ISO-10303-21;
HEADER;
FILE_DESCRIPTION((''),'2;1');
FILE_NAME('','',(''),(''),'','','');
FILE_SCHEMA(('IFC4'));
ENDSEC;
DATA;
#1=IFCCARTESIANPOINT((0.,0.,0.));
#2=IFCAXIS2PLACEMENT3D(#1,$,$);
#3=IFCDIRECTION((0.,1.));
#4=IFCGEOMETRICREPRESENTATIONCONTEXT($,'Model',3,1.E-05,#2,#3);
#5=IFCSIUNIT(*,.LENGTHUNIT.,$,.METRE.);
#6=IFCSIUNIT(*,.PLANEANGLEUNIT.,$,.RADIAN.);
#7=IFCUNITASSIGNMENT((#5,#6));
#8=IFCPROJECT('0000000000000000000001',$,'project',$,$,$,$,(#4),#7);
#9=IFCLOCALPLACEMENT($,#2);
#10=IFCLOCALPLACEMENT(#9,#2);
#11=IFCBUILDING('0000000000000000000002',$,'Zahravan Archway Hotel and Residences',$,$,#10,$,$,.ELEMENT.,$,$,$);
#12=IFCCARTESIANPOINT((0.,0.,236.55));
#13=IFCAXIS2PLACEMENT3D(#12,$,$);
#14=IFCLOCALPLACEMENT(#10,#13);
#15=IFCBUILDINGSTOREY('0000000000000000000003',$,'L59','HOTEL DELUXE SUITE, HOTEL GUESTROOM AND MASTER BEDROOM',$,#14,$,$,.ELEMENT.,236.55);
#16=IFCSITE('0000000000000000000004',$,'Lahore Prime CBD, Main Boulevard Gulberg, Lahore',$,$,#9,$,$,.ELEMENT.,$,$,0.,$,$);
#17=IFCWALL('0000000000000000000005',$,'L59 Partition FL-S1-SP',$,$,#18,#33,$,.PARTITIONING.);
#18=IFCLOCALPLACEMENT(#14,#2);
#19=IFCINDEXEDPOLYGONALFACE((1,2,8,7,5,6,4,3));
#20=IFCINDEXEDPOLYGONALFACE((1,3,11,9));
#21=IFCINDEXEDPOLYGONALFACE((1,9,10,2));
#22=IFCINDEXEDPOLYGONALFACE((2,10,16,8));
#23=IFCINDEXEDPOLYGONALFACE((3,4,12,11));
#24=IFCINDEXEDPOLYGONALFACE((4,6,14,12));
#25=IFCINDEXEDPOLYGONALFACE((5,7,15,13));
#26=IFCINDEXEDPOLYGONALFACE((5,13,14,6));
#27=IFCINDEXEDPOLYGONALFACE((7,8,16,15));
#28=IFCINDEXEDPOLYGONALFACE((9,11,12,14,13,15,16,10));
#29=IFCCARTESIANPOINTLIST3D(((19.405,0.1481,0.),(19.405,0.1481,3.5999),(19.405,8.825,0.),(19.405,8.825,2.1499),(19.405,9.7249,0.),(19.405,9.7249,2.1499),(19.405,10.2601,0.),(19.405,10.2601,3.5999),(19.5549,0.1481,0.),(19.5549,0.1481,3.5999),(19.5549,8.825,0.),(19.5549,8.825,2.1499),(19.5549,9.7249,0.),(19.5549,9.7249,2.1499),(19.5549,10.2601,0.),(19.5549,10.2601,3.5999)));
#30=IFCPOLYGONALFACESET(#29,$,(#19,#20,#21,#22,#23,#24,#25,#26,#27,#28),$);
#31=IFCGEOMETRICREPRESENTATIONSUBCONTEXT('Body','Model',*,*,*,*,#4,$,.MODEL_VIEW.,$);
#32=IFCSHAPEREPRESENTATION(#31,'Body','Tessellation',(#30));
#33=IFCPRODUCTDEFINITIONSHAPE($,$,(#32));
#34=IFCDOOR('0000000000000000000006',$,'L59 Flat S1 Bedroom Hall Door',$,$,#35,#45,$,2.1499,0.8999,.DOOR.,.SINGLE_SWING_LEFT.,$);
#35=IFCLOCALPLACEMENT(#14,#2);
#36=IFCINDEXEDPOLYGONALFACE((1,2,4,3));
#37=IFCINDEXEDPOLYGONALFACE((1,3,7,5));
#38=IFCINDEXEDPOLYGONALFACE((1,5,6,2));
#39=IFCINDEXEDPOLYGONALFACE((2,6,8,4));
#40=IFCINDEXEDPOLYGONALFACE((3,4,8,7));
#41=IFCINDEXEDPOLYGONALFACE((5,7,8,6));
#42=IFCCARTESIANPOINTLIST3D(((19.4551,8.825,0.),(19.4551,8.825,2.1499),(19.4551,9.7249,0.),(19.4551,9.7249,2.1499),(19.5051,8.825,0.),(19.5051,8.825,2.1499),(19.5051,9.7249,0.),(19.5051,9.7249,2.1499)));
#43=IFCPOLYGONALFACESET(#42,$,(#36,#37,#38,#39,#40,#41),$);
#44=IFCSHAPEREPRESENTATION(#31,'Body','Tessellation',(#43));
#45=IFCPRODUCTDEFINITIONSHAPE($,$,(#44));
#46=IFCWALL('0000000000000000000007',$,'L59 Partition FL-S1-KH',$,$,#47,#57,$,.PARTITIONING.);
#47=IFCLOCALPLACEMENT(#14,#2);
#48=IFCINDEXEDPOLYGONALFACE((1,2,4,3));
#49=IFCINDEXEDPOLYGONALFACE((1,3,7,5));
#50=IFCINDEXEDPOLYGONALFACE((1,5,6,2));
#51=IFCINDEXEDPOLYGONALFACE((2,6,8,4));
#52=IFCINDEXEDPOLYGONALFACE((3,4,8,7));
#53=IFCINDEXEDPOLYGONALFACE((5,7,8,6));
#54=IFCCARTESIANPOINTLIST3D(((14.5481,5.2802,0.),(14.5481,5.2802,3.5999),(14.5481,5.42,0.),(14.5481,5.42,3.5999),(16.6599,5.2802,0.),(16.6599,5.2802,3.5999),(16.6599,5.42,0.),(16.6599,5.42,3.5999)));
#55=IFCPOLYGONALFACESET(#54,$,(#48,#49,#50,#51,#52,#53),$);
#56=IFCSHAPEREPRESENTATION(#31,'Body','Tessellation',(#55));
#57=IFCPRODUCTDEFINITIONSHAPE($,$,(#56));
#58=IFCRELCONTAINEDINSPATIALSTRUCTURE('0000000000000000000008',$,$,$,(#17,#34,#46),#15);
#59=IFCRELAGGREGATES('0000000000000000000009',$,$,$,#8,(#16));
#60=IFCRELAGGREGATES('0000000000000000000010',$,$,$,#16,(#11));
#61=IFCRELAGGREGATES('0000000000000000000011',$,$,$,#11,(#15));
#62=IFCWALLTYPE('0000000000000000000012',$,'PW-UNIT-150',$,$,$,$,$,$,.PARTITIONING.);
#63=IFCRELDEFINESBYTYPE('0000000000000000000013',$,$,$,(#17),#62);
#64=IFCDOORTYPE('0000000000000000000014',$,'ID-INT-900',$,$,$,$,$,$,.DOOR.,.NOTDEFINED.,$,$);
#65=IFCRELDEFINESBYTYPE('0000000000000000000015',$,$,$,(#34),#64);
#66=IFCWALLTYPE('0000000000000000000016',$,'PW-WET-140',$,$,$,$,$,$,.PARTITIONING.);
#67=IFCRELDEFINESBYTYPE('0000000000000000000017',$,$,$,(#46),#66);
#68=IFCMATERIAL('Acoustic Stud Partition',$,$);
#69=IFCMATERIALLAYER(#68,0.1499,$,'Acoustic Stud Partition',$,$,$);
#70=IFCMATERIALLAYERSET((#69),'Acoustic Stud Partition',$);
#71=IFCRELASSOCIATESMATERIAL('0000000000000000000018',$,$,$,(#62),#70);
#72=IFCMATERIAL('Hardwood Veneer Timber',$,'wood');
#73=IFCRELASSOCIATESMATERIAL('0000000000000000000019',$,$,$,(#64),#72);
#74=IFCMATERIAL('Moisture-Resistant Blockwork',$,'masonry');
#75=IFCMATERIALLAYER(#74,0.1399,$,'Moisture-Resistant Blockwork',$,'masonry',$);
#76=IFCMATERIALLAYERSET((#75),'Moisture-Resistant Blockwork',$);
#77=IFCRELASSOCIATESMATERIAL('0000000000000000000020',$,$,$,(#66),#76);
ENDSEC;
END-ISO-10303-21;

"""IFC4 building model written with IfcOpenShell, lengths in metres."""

from ifc_helpers import new_model, si_unit, direction, frame, frame_2d, origin, place, context, subcontext, project, spatial, rectangle, extrude, source, transform, mapped, material, layer, layer_set, type_object, type_shapes, element, fill, save


model = new_model("IFC4")

# Units and contexts
model_context = context("Model", 3, precision=1e-05, world=origin(), true_north=direction((0.0, 1.0)))
body_context = subcontext(model_context, "Body", "Model", "MODEL_VIEW")
ifc_project = project(units=[si_unit("LENGTHUNIT", "METRE"), si_unit("PLANEANGLEUNIT", "RADIAN")], contexts=[model_context])

# Site, building, storey
site_placement = place(None, origin())
site = spatial("IfcSite", under=ifc_project, at=site_placement, Name="Lahore Prime CBD, Main Boulevard Gulberg, Lahore", CompositionType="ELEMENT", RefElevation=0.0)
building_placement = place(site_placement, origin())
building = spatial("IfcBuilding", under=site, at=building_placement, Name="Zahravan Archway Hotel and Residences", CompositionType="ELEMENT")
storey_placement = place(building_placement, frame((0.0, 0.0, 236.55)))
storey = spatial("IfcBuildingStorey", under=building, at=storey_placement, Name="L59", Description="HOTEL DELUXE SUITE, HOTEL GUESTROOM AND MASTER BEDROOM", CompositionType="ELEMENT", Elevation=236.55)

# Wall, opening, door
ifc_material_1 = material(Name="Acoustic Stud Partition")
ifc_layer_1 = layer(ifc_material_1, 0.1499, Name="Acoustic Stud Partition")
ifc_layer_set_1 = layer_set([ifc_layer_1], Name="Acoustic Stud Partition")
wall_type_1 = type_object("IfcWallType", Name="PW-UNIT-150", PredefinedType="PARTITIONING", material=ifc_layer_set_1)
wall_1_placement = place(storey_placement, frame((19.48, 0.1479, 0.0), z_axis=(0.0, 0.0, 1.0), x_axis=(0.0, 1.0, 0.0)))
wall_1 = element("IfcWall", 1, at=wall_1_placement, inside=storey, type_object=wall_type_1, Name="L59 Partition FL-S1-SP", PredefinedType="PARTITIONING", context=body_context, shape_type="SweptSolid", body=[
    extrude(rectangle(XDim=10.1121, YDim=0.1499, at=frame_2d((5.0562, 0.0))), origin(), (0.0, 0.0, 1.0), 3.5999),
])
opening_1_placement = place(wall_1_placement, frame((8.677, 0.0, 0.0)))
opening_1 = element("IfcOpeningElement", 2, at=opening_1_placement, cuts=wall_1, PredefinedType="OPENING", context=body_context, shape_type="SweptSolid", body=[
    extrude(rectangle(XDim=0.8999, YDim=2.1499, at=frame_2d((0.45, 1.075))), frame((0.0, 0.085, 0.0), z_axis=(0.0, -1.0, 0.0), x_axis=(1.0, 0.0, 0.0)), (0.0, 0.0, 1.0), 0.1699),
])
ifc_material_2 = material(Name="Hardwood Veneer Timber", Category="wood")
door_type_1 = type_object("IfcDoorType", Name="ID-INT-900", OperationType="NOTDEFINED", PredefinedType="DOOR", material=ifc_material_2)
shared_shape_1 = source(origin(), body_context, "Body", "SweptSolid", [
    extrude(rectangle(XDim=0.8999, YDim=2.1499, at=frame_2d((0.45, 1.075))), frame((0.0, 0.0249, 0.0), z_axis=(0.0, -1.0, 0.0), x_axis=(1.0, 0.0, 0.0)), (0.0, 0.0, 1.0), 0.05),
])
type_shapes(door_type_1, [shared_shape_1])
door_1_placement = place(opening_1_placement, origin())
door_1 = element("IfcDoor", 3, at=door_1_placement, inside=storey, type_object=door_type_1, Name="L59 Flat S1 Bedroom Hall Door", OperationType="SINGLE_SWING_LEFT", OverallHeight=2.1499, OverallWidth=0.8999, PredefinedType="DOOR", context=body_context, shape_type="MappedRepresentation", body=[
    mapped(shared_shape_1, transform((0.0, 0.0, 0.0), scale=1.0)),
])
fill(opening_1, door_1)

# Wall
ifc_material_3 = material(Name="Moisture-Resistant Blockwork", Category="masonry")
ifc_layer_2 = layer(ifc_material_3, 0.1399, Name="Moisture-Resistant Blockwork", Category="masonry")
ifc_layer_set_2 = layer_set([ifc_layer_2], Name="Moisture-Resistant Blockwork")
wall_type_2 = type_object("IfcWallType", Name="PW-WET-140", PredefinedType="PARTITIONING", material=ifc_layer_set_2)
wall_2_placement = place(storey_placement, frame((14.5481, 5.3501, 0.0), z_axis=(0.0, 0.0, 1.0), x_axis=(1.0, 0.0, 0.0)))
element("IfcWall", 4, at=wall_2_placement, inside=storey, type_object=wall_type_2, Name="L59 Partition FL-S1-KH", PredefinedType="PARTITIONING", context=body_context, shape_type="SweptSolid", body=[
    extrude(rectangle(XDim=2.1118, YDim=0.1399, at=frame_2d((1.0559, 0.0))), origin(), (0.0, 0.0, 1.0), 3.5999),
])

save(model, "model.ifc")
